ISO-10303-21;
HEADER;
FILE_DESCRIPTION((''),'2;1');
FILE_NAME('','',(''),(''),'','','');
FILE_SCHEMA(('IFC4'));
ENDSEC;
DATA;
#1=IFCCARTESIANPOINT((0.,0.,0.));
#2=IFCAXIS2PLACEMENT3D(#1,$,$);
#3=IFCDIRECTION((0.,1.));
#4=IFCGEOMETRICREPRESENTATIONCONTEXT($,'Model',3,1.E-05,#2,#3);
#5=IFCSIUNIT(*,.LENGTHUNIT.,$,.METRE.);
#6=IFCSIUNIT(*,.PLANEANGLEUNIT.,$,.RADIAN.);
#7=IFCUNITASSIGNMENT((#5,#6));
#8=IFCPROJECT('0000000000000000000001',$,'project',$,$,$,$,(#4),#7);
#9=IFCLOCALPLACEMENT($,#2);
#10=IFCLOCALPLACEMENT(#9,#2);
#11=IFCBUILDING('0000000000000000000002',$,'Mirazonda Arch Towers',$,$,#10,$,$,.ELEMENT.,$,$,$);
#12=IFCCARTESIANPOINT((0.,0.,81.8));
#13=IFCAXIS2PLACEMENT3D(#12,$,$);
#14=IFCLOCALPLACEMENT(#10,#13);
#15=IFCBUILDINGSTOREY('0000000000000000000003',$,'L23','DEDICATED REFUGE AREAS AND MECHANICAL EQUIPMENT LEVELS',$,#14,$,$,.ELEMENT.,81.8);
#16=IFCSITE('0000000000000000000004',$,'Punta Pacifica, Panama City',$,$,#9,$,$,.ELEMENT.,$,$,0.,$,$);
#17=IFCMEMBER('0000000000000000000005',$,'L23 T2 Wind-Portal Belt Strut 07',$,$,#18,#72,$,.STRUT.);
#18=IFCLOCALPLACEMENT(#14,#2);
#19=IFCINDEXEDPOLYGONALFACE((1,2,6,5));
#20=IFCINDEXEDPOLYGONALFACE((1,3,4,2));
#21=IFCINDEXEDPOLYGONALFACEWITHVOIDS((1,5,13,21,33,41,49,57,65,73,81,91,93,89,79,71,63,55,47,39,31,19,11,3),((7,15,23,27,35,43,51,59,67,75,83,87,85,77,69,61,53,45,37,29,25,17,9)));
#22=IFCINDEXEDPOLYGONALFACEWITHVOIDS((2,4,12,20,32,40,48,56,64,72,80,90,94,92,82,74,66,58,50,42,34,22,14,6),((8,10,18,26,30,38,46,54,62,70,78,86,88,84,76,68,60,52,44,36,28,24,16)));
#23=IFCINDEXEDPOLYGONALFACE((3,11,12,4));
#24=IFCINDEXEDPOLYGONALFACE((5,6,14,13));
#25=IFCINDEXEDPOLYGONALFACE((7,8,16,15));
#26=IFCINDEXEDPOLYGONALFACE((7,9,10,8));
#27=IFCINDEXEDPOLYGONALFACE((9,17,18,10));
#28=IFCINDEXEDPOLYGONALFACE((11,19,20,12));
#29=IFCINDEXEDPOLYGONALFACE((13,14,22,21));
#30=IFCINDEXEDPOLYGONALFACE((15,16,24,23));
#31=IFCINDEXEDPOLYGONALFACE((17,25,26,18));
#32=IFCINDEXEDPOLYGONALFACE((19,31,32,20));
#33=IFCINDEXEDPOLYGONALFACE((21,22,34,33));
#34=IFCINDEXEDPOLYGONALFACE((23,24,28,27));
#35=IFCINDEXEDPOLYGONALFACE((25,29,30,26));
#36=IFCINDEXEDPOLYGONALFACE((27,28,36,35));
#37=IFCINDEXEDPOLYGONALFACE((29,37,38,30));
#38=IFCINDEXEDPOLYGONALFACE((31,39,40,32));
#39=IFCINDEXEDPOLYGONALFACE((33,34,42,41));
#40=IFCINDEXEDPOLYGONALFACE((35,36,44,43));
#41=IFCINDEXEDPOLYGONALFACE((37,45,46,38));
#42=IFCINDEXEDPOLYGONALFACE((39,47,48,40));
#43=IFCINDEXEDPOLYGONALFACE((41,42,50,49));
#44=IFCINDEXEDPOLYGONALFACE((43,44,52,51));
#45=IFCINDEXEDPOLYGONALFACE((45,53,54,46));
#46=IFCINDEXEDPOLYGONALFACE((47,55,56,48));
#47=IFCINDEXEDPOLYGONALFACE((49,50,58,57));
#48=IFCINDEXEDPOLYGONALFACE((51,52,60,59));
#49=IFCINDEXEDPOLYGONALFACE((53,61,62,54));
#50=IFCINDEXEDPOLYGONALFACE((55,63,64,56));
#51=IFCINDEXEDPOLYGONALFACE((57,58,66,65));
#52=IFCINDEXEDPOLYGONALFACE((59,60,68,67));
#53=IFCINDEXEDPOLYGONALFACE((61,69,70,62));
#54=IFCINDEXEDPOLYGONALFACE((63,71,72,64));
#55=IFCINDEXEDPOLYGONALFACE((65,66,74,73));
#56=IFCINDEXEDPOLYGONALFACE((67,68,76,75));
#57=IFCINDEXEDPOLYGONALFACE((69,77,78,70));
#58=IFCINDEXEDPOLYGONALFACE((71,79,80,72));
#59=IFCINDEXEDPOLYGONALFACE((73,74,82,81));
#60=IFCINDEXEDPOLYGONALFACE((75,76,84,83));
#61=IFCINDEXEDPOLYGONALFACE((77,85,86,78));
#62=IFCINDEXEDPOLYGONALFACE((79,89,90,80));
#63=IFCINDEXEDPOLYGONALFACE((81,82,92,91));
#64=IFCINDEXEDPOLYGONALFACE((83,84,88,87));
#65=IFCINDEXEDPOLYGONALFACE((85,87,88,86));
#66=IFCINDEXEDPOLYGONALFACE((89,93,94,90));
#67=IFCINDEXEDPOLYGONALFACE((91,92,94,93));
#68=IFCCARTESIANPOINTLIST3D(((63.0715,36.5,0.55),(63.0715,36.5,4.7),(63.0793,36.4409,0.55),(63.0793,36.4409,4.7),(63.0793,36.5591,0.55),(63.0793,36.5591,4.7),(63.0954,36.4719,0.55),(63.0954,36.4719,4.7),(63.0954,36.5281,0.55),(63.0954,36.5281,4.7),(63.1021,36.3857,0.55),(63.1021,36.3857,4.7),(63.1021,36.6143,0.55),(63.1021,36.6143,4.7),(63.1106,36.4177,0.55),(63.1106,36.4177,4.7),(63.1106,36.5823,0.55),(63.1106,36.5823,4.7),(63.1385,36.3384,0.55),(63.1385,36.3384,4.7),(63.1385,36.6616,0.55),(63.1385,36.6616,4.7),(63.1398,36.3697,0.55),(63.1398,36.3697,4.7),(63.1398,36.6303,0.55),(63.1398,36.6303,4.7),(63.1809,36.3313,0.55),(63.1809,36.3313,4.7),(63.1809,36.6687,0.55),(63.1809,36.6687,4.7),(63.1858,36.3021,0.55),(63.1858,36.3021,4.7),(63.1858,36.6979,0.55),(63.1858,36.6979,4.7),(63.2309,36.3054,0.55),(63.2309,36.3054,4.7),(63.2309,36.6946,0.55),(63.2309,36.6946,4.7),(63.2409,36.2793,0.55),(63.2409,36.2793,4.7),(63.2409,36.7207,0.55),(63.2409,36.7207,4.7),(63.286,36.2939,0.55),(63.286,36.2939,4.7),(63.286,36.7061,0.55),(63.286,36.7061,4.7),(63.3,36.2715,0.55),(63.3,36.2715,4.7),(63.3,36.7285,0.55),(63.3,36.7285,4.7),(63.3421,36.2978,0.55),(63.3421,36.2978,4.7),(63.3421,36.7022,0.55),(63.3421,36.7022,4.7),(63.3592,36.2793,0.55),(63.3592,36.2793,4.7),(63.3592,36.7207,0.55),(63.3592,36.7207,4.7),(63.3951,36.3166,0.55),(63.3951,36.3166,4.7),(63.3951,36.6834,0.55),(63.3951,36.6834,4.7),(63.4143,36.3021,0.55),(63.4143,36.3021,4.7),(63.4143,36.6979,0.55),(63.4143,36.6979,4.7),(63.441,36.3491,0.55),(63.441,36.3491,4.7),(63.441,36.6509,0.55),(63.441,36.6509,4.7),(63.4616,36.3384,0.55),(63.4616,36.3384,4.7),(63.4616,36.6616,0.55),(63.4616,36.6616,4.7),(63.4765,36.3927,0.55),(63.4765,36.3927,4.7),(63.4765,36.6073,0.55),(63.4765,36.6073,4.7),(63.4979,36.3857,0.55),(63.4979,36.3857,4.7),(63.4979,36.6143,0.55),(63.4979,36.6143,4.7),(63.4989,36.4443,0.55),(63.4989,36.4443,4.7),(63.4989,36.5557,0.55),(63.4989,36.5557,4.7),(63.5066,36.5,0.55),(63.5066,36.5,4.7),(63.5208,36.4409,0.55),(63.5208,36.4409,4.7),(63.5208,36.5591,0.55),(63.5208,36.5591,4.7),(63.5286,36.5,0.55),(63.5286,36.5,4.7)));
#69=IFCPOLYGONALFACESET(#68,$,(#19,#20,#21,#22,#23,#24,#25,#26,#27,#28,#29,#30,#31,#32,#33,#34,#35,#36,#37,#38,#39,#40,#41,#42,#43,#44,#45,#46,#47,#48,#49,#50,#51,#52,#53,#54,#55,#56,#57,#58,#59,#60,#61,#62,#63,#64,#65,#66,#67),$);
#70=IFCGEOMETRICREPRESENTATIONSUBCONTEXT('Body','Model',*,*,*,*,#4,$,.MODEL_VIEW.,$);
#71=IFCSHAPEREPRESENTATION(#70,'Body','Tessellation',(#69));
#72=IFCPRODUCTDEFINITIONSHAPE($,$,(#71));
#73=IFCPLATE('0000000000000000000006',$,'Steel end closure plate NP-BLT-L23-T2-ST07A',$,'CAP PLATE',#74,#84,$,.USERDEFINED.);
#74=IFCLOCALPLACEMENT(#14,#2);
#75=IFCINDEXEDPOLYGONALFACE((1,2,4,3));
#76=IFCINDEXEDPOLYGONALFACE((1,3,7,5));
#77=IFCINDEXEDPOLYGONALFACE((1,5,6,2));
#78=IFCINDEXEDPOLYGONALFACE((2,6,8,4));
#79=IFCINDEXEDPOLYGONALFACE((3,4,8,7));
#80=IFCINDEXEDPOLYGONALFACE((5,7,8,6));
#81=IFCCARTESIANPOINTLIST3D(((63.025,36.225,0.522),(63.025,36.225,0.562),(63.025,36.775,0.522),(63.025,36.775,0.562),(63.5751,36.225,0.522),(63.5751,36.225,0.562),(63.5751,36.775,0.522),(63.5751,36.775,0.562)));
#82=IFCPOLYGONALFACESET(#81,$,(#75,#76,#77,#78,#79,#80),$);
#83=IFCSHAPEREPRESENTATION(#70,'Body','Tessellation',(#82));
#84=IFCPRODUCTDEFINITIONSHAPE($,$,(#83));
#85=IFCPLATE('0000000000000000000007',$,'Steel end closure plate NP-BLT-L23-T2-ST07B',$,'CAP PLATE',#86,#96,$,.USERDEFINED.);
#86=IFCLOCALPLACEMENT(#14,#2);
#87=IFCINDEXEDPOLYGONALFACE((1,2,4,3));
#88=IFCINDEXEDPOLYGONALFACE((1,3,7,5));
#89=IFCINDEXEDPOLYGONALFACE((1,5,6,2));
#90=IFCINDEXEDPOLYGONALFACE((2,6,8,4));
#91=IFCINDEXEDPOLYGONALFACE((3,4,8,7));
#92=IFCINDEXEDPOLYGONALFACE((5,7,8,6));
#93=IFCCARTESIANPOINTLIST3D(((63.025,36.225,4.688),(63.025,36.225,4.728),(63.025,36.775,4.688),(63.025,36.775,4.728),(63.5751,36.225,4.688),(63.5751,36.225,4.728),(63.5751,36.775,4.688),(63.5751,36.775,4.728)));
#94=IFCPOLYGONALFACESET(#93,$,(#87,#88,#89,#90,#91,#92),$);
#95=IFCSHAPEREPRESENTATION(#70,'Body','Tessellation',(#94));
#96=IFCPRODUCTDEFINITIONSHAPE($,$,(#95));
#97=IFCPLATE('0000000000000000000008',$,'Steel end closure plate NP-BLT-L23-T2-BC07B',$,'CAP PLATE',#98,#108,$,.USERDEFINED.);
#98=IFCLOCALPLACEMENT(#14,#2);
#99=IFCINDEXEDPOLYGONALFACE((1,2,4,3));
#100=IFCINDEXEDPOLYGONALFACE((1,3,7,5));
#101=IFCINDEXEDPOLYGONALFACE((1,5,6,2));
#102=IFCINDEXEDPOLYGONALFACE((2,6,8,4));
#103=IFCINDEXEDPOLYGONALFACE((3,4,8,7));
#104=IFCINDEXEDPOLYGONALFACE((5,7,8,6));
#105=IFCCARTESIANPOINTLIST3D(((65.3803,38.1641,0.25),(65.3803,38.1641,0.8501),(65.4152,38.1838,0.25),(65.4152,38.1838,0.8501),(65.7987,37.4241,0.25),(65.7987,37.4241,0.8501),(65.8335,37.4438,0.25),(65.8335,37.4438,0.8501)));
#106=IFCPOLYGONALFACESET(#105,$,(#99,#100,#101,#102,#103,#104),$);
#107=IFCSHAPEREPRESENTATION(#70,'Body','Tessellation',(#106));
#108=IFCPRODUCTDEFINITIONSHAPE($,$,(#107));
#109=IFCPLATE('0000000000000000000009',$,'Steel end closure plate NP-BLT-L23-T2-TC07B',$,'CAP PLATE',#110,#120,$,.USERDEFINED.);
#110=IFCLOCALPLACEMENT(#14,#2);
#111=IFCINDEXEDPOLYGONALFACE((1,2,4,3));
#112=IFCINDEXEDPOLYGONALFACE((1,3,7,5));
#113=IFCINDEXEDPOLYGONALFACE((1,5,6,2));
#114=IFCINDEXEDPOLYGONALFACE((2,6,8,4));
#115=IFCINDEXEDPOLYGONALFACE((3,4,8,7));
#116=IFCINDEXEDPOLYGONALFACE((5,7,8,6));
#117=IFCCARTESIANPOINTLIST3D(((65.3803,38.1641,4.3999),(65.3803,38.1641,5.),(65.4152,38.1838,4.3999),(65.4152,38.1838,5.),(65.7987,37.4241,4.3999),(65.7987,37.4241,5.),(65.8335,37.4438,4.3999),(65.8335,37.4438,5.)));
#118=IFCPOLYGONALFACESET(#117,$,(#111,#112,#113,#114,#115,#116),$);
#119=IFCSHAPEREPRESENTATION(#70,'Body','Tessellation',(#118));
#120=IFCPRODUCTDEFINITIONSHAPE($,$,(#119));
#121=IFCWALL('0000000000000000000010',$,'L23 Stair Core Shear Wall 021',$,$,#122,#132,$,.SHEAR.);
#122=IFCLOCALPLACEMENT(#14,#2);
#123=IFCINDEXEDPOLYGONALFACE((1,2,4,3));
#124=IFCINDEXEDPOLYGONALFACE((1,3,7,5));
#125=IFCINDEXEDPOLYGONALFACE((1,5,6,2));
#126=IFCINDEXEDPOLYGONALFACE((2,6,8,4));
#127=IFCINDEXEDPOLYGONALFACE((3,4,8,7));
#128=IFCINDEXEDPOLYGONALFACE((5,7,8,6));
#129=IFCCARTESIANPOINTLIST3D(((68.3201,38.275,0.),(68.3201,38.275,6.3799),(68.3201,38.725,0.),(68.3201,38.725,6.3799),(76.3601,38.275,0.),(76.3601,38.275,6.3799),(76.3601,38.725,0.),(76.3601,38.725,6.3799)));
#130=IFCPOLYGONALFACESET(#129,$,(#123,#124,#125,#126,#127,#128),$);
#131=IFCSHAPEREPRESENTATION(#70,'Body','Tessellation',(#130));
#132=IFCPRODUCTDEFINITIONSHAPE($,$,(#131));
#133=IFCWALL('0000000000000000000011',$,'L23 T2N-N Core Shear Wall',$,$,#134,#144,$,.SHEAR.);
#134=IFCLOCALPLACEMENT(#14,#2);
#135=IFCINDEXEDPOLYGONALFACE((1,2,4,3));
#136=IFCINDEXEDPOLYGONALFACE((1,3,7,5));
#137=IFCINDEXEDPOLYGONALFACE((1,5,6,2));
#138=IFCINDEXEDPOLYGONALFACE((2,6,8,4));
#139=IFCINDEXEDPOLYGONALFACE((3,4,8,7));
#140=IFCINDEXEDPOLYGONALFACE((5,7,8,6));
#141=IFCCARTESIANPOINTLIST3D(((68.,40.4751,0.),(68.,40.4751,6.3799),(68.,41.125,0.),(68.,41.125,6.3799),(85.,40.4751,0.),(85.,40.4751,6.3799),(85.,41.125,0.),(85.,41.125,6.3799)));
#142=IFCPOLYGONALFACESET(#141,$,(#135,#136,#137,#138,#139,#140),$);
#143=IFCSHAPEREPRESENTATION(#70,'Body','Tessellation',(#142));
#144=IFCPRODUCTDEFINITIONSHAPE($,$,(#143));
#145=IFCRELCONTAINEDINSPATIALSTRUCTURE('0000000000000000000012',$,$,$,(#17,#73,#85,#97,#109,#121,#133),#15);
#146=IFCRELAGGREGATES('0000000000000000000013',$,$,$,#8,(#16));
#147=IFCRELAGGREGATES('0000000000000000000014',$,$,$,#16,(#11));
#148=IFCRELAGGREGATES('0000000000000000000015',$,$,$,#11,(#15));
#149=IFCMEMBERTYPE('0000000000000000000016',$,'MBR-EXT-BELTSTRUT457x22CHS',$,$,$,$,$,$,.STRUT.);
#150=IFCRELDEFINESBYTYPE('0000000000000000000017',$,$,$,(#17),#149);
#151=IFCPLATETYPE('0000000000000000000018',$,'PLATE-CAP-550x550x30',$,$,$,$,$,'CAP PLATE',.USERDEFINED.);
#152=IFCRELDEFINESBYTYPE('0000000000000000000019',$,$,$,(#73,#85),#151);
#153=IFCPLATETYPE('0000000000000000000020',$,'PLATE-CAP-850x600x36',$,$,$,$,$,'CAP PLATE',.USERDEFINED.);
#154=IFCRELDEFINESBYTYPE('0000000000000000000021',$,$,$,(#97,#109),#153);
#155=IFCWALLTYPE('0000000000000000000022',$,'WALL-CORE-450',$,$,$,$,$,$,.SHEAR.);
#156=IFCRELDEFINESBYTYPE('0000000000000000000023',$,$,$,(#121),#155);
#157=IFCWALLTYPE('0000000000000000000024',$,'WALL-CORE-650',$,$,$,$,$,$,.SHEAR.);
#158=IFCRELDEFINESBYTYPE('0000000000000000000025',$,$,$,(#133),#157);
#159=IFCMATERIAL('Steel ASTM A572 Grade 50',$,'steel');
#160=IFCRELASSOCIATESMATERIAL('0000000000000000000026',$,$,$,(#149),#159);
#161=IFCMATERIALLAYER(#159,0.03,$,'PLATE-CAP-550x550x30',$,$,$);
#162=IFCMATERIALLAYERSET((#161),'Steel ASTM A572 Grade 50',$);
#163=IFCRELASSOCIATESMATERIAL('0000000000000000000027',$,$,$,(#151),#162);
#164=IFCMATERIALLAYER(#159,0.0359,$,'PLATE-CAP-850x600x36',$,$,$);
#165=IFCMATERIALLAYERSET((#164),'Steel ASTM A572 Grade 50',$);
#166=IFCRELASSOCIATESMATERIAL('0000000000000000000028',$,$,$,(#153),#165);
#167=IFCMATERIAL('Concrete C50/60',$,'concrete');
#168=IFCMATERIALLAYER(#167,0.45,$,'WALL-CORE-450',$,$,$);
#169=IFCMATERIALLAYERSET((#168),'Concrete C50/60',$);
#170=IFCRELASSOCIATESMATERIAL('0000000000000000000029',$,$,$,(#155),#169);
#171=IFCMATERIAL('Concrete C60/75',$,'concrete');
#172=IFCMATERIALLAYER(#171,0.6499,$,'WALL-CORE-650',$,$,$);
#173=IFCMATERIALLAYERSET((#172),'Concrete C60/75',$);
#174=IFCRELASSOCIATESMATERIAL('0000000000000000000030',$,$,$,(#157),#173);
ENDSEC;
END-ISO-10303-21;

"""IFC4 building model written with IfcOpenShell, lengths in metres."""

from ifc_helpers import new_model, si_unit, direction, frame, frame_2d, origin, origin_2d, place, context, subcontext, project, spatial, rectangle, hollow_circle, extrude, material, layer, layer_set, material_profile, profile_set, type_object, element, save


model = new_model("IFC4")

# Units and contexts
model_context = context("Model", 3, precision=1e-05, world=origin(), true_north=direction((0.0, 1.0)))
body_context = subcontext(model_context, "Body", "Model", "MODEL_VIEW")
ifc_project = project(units=[si_unit("LENGTHUNIT", "METRE"), si_unit("PLANEANGLEUNIT", "RADIAN")], contexts=[model_context])

# Site, building, storey
site_placement = place(None, origin())
site = spatial("IfcSite", under=ifc_project, at=site_placement, Name="Punta Pacifica, Panama City", CompositionType="ELEMENT", RefElevation=0.0)
building_placement = place(site_placement, origin())
building = spatial("IfcBuilding", under=site, at=building_placement, Name="Mirazonda Arch Towers", CompositionType="ELEMENT")
storey_placement = place(building_placement, frame((0.0, 0.0, 81.8)))
storey = spatial("IfcBuildingStorey", under=building, at=storey_placement, Name="L23", Description="DEDICATED REFUGE AREAS AND MECHANICAL EQUIPMENT LEVELS", CompositionType="ELEMENT", Elevation=81.8)

# Shared definitions
ifc_material_1 = material(Name="Concrete C50/60", Category="concrete")
ifc_material_2 = material(Name="Concrete C60/75", Category="concrete")

# Member
ifc_material_3 = material(Name="Steel ASTM A572 Grade 50", Category="steel")
ifc_material_profile_1 = material_profile(ifc_material_3, hollow_circle(Radius=0.2285, WallThickness=0.022, at=origin_2d()), Name="BELTSTRUT457x22CHS")
ifc_profile_set_1 = profile_set([ifc_material_profile_1], Name="Steel ASTM A572 Grade 50")
member_type_1 = type_object("IfcMemberType", Name="MBR-EXT-BELTSTRUT457x22CHS", PredefinedType="STRUT", material=ifc_profile_set_1)
member_1_placement = place(storey_placement, frame((63.3, 36.5, 0.55), z_axis=(0.0, 0.0, 1.0), x_axis=(1.0, 0.0, 0.0)))
element("IfcMember", 1, at=member_1_placement, inside=storey, type_object=member_type_1, Name="L23 T2 Wind-Portal Belt Strut 07", PredefinedType="STRUT", context=body_context, shape_type="SweptSolid", body=[
    extrude(hollow_circle(Radius=0.2285, WallThickness=0.022, at=origin_2d()), origin(), (0.0, 0.0, 1.0), 4.1499),
])

# Plates
ifc_layer_1 = layer(ifc_material_3, 0.03, Name="PLATE-CAP-550x550x30")
ifc_layer_set_1 = layer_set([ifc_layer_1], Name="Steel ASTM A572 Grade 50")
plate_type_1 = type_object("IfcPlateType", Name="PLATE-CAP-550x550x30", ElementType="CAP PLATE", PredefinedType="USERDEFINED", material=ifc_layer_set_1)
for number, where, z_axis, x_axis, name in (
    (2, (63.3, 36.5, 0.522), (0.0, 0.0, 1.0), (1.0, 0.0, 0.0), "Steel end closure plate NP-BLT-L23-T2-ST07A"),
    (3, (63.3, 36.5, 4.688), (0.0, 0.0, 1.0), (1.0, 0.0, 0.0), "Steel end closure plate NP-BLT-L23-T2-ST07B"),
):
    element("IfcPlate", number, at=place(storey_placement, frame(where, z_axis=z_axis, x_axis=x_axis)), inside=storey, type_object=plate_type_1, Name=name, ObjectType="CAP PLATE", PredefinedType="USERDEFINED", context=body_context, shape_type="SweptSolid", body=[
        extrude(rectangle(XDim=0.55, YDim=0.55, at=origin_2d()), origin(), (0.0, 0.0, 1.0), 0.04),
    ])
ifc_layer_2 = layer(ifc_material_3, 0.0359, Name="PLATE-CAP-850x600x36")
ifc_layer_set_2 = layer_set([ifc_layer_2], Name="Steel ASTM A572 Grade 50")
plate_type_2 = type_object("IfcPlateType", Name="PLATE-CAP-850x600x36", ElementType="CAP PLATE", PredefinedType="USERDEFINED", material=ifc_layer_set_2)
for number, where, z_axis, x_axis, name in (
    (4, (65.6069, 37.804, 0.25), (0.0, 0.0, 1.0), (0.870528, 0.49212, 0.0), "Steel end closure plate NP-BLT-L23-T2-BC07B"),
    (5, (65.6069, 37.804, 4.3999), (0.0, 0.0, 1.0), (0.870528, 0.49212, 0.0), "Steel end closure plate NP-BLT-L23-T2-TC07B"),
):
    element("IfcPlate", number, at=place(storey_placement, frame(where, z_axis=z_axis, x_axis=x_axis)), inside=storey, type_object=plate_type_2, Name=name, ObjectType="CAP PLATE", PredefinedType="USERDEFINED", context=body_context, shape_type="SweptSolid", body=[
        extrude(rectangle(XDim=0.04, YDim=0.8501, at=origin_2d()), origin(), (0.0, 0.0, 1.0), 0.6001),
    ])

# Walls
ifc_layer_3 = layer(ifc_material_1, 0.45, Name="WALL-CORE-450")
ifc_layer_set_3 = layer_set([ifc_layer_3], Name="Concrete C50/60")
wall_type_1 = type_object("IfcWallType", Name="WALL-CORE-450", PredefinedType="SHEAR", material=ifc_layer_set_3)
wall_1_placement = place(storey_placement, frame((68.3201, 38.5, 0.0), z_axis=(0.0, 0.0, 1.0), x_axis=(1.0, 0.0, 0.0)))
element("IfcWall", 6, at=wall_1_placement, inside=storey, type_object=wall_type_1, Name="L23 Stair Core Shear Wall 021", PredefinedType="SHEAR", context=body_context, shape_type="SweptSolid", body=[
    extrude(rectangle(XDim=8.04, YDim=0.45, at=frame_2d((4.02, 0.0))), origin(), (0.0, 0.0, 1.0), 6.3799),
])
ifc_layer_4 = layer(ifc_material_2, 0.6499, Name="WALL-CORE-650")
ifc_layer_set_4 = layer_set([ifc_layer_4], Name="Concrete C60/75")
wall_type_2 = type_object("IfcWallType", Name="WALL-CORE-650", PredefinedType="SHEAR", material=ifc_layer_set_4)
wall_2_placement = place(storey_placement, frame((68.0, 40.8, 0.0), z_axis=(0.0, 0.0, 1.0), x_axis=(1.0, 0.0, 0.0)))
element("IfcWall", 7, at=wall_2_placement, inside=storey, type_object=wall_type_2, Name="L23 T2N-N Core Shear Wall", PredefinedType="SHEAR", context=body_context, shape_type="SweptSolid", body=[
    extrude(rectangle(XDim=17.0, YDim=0.6499, at=frame_2d((8.5, 0.0))), origin(), (0.0, 0.0, 1.0), 6.3799),
])

save(model, "model.ifc")
